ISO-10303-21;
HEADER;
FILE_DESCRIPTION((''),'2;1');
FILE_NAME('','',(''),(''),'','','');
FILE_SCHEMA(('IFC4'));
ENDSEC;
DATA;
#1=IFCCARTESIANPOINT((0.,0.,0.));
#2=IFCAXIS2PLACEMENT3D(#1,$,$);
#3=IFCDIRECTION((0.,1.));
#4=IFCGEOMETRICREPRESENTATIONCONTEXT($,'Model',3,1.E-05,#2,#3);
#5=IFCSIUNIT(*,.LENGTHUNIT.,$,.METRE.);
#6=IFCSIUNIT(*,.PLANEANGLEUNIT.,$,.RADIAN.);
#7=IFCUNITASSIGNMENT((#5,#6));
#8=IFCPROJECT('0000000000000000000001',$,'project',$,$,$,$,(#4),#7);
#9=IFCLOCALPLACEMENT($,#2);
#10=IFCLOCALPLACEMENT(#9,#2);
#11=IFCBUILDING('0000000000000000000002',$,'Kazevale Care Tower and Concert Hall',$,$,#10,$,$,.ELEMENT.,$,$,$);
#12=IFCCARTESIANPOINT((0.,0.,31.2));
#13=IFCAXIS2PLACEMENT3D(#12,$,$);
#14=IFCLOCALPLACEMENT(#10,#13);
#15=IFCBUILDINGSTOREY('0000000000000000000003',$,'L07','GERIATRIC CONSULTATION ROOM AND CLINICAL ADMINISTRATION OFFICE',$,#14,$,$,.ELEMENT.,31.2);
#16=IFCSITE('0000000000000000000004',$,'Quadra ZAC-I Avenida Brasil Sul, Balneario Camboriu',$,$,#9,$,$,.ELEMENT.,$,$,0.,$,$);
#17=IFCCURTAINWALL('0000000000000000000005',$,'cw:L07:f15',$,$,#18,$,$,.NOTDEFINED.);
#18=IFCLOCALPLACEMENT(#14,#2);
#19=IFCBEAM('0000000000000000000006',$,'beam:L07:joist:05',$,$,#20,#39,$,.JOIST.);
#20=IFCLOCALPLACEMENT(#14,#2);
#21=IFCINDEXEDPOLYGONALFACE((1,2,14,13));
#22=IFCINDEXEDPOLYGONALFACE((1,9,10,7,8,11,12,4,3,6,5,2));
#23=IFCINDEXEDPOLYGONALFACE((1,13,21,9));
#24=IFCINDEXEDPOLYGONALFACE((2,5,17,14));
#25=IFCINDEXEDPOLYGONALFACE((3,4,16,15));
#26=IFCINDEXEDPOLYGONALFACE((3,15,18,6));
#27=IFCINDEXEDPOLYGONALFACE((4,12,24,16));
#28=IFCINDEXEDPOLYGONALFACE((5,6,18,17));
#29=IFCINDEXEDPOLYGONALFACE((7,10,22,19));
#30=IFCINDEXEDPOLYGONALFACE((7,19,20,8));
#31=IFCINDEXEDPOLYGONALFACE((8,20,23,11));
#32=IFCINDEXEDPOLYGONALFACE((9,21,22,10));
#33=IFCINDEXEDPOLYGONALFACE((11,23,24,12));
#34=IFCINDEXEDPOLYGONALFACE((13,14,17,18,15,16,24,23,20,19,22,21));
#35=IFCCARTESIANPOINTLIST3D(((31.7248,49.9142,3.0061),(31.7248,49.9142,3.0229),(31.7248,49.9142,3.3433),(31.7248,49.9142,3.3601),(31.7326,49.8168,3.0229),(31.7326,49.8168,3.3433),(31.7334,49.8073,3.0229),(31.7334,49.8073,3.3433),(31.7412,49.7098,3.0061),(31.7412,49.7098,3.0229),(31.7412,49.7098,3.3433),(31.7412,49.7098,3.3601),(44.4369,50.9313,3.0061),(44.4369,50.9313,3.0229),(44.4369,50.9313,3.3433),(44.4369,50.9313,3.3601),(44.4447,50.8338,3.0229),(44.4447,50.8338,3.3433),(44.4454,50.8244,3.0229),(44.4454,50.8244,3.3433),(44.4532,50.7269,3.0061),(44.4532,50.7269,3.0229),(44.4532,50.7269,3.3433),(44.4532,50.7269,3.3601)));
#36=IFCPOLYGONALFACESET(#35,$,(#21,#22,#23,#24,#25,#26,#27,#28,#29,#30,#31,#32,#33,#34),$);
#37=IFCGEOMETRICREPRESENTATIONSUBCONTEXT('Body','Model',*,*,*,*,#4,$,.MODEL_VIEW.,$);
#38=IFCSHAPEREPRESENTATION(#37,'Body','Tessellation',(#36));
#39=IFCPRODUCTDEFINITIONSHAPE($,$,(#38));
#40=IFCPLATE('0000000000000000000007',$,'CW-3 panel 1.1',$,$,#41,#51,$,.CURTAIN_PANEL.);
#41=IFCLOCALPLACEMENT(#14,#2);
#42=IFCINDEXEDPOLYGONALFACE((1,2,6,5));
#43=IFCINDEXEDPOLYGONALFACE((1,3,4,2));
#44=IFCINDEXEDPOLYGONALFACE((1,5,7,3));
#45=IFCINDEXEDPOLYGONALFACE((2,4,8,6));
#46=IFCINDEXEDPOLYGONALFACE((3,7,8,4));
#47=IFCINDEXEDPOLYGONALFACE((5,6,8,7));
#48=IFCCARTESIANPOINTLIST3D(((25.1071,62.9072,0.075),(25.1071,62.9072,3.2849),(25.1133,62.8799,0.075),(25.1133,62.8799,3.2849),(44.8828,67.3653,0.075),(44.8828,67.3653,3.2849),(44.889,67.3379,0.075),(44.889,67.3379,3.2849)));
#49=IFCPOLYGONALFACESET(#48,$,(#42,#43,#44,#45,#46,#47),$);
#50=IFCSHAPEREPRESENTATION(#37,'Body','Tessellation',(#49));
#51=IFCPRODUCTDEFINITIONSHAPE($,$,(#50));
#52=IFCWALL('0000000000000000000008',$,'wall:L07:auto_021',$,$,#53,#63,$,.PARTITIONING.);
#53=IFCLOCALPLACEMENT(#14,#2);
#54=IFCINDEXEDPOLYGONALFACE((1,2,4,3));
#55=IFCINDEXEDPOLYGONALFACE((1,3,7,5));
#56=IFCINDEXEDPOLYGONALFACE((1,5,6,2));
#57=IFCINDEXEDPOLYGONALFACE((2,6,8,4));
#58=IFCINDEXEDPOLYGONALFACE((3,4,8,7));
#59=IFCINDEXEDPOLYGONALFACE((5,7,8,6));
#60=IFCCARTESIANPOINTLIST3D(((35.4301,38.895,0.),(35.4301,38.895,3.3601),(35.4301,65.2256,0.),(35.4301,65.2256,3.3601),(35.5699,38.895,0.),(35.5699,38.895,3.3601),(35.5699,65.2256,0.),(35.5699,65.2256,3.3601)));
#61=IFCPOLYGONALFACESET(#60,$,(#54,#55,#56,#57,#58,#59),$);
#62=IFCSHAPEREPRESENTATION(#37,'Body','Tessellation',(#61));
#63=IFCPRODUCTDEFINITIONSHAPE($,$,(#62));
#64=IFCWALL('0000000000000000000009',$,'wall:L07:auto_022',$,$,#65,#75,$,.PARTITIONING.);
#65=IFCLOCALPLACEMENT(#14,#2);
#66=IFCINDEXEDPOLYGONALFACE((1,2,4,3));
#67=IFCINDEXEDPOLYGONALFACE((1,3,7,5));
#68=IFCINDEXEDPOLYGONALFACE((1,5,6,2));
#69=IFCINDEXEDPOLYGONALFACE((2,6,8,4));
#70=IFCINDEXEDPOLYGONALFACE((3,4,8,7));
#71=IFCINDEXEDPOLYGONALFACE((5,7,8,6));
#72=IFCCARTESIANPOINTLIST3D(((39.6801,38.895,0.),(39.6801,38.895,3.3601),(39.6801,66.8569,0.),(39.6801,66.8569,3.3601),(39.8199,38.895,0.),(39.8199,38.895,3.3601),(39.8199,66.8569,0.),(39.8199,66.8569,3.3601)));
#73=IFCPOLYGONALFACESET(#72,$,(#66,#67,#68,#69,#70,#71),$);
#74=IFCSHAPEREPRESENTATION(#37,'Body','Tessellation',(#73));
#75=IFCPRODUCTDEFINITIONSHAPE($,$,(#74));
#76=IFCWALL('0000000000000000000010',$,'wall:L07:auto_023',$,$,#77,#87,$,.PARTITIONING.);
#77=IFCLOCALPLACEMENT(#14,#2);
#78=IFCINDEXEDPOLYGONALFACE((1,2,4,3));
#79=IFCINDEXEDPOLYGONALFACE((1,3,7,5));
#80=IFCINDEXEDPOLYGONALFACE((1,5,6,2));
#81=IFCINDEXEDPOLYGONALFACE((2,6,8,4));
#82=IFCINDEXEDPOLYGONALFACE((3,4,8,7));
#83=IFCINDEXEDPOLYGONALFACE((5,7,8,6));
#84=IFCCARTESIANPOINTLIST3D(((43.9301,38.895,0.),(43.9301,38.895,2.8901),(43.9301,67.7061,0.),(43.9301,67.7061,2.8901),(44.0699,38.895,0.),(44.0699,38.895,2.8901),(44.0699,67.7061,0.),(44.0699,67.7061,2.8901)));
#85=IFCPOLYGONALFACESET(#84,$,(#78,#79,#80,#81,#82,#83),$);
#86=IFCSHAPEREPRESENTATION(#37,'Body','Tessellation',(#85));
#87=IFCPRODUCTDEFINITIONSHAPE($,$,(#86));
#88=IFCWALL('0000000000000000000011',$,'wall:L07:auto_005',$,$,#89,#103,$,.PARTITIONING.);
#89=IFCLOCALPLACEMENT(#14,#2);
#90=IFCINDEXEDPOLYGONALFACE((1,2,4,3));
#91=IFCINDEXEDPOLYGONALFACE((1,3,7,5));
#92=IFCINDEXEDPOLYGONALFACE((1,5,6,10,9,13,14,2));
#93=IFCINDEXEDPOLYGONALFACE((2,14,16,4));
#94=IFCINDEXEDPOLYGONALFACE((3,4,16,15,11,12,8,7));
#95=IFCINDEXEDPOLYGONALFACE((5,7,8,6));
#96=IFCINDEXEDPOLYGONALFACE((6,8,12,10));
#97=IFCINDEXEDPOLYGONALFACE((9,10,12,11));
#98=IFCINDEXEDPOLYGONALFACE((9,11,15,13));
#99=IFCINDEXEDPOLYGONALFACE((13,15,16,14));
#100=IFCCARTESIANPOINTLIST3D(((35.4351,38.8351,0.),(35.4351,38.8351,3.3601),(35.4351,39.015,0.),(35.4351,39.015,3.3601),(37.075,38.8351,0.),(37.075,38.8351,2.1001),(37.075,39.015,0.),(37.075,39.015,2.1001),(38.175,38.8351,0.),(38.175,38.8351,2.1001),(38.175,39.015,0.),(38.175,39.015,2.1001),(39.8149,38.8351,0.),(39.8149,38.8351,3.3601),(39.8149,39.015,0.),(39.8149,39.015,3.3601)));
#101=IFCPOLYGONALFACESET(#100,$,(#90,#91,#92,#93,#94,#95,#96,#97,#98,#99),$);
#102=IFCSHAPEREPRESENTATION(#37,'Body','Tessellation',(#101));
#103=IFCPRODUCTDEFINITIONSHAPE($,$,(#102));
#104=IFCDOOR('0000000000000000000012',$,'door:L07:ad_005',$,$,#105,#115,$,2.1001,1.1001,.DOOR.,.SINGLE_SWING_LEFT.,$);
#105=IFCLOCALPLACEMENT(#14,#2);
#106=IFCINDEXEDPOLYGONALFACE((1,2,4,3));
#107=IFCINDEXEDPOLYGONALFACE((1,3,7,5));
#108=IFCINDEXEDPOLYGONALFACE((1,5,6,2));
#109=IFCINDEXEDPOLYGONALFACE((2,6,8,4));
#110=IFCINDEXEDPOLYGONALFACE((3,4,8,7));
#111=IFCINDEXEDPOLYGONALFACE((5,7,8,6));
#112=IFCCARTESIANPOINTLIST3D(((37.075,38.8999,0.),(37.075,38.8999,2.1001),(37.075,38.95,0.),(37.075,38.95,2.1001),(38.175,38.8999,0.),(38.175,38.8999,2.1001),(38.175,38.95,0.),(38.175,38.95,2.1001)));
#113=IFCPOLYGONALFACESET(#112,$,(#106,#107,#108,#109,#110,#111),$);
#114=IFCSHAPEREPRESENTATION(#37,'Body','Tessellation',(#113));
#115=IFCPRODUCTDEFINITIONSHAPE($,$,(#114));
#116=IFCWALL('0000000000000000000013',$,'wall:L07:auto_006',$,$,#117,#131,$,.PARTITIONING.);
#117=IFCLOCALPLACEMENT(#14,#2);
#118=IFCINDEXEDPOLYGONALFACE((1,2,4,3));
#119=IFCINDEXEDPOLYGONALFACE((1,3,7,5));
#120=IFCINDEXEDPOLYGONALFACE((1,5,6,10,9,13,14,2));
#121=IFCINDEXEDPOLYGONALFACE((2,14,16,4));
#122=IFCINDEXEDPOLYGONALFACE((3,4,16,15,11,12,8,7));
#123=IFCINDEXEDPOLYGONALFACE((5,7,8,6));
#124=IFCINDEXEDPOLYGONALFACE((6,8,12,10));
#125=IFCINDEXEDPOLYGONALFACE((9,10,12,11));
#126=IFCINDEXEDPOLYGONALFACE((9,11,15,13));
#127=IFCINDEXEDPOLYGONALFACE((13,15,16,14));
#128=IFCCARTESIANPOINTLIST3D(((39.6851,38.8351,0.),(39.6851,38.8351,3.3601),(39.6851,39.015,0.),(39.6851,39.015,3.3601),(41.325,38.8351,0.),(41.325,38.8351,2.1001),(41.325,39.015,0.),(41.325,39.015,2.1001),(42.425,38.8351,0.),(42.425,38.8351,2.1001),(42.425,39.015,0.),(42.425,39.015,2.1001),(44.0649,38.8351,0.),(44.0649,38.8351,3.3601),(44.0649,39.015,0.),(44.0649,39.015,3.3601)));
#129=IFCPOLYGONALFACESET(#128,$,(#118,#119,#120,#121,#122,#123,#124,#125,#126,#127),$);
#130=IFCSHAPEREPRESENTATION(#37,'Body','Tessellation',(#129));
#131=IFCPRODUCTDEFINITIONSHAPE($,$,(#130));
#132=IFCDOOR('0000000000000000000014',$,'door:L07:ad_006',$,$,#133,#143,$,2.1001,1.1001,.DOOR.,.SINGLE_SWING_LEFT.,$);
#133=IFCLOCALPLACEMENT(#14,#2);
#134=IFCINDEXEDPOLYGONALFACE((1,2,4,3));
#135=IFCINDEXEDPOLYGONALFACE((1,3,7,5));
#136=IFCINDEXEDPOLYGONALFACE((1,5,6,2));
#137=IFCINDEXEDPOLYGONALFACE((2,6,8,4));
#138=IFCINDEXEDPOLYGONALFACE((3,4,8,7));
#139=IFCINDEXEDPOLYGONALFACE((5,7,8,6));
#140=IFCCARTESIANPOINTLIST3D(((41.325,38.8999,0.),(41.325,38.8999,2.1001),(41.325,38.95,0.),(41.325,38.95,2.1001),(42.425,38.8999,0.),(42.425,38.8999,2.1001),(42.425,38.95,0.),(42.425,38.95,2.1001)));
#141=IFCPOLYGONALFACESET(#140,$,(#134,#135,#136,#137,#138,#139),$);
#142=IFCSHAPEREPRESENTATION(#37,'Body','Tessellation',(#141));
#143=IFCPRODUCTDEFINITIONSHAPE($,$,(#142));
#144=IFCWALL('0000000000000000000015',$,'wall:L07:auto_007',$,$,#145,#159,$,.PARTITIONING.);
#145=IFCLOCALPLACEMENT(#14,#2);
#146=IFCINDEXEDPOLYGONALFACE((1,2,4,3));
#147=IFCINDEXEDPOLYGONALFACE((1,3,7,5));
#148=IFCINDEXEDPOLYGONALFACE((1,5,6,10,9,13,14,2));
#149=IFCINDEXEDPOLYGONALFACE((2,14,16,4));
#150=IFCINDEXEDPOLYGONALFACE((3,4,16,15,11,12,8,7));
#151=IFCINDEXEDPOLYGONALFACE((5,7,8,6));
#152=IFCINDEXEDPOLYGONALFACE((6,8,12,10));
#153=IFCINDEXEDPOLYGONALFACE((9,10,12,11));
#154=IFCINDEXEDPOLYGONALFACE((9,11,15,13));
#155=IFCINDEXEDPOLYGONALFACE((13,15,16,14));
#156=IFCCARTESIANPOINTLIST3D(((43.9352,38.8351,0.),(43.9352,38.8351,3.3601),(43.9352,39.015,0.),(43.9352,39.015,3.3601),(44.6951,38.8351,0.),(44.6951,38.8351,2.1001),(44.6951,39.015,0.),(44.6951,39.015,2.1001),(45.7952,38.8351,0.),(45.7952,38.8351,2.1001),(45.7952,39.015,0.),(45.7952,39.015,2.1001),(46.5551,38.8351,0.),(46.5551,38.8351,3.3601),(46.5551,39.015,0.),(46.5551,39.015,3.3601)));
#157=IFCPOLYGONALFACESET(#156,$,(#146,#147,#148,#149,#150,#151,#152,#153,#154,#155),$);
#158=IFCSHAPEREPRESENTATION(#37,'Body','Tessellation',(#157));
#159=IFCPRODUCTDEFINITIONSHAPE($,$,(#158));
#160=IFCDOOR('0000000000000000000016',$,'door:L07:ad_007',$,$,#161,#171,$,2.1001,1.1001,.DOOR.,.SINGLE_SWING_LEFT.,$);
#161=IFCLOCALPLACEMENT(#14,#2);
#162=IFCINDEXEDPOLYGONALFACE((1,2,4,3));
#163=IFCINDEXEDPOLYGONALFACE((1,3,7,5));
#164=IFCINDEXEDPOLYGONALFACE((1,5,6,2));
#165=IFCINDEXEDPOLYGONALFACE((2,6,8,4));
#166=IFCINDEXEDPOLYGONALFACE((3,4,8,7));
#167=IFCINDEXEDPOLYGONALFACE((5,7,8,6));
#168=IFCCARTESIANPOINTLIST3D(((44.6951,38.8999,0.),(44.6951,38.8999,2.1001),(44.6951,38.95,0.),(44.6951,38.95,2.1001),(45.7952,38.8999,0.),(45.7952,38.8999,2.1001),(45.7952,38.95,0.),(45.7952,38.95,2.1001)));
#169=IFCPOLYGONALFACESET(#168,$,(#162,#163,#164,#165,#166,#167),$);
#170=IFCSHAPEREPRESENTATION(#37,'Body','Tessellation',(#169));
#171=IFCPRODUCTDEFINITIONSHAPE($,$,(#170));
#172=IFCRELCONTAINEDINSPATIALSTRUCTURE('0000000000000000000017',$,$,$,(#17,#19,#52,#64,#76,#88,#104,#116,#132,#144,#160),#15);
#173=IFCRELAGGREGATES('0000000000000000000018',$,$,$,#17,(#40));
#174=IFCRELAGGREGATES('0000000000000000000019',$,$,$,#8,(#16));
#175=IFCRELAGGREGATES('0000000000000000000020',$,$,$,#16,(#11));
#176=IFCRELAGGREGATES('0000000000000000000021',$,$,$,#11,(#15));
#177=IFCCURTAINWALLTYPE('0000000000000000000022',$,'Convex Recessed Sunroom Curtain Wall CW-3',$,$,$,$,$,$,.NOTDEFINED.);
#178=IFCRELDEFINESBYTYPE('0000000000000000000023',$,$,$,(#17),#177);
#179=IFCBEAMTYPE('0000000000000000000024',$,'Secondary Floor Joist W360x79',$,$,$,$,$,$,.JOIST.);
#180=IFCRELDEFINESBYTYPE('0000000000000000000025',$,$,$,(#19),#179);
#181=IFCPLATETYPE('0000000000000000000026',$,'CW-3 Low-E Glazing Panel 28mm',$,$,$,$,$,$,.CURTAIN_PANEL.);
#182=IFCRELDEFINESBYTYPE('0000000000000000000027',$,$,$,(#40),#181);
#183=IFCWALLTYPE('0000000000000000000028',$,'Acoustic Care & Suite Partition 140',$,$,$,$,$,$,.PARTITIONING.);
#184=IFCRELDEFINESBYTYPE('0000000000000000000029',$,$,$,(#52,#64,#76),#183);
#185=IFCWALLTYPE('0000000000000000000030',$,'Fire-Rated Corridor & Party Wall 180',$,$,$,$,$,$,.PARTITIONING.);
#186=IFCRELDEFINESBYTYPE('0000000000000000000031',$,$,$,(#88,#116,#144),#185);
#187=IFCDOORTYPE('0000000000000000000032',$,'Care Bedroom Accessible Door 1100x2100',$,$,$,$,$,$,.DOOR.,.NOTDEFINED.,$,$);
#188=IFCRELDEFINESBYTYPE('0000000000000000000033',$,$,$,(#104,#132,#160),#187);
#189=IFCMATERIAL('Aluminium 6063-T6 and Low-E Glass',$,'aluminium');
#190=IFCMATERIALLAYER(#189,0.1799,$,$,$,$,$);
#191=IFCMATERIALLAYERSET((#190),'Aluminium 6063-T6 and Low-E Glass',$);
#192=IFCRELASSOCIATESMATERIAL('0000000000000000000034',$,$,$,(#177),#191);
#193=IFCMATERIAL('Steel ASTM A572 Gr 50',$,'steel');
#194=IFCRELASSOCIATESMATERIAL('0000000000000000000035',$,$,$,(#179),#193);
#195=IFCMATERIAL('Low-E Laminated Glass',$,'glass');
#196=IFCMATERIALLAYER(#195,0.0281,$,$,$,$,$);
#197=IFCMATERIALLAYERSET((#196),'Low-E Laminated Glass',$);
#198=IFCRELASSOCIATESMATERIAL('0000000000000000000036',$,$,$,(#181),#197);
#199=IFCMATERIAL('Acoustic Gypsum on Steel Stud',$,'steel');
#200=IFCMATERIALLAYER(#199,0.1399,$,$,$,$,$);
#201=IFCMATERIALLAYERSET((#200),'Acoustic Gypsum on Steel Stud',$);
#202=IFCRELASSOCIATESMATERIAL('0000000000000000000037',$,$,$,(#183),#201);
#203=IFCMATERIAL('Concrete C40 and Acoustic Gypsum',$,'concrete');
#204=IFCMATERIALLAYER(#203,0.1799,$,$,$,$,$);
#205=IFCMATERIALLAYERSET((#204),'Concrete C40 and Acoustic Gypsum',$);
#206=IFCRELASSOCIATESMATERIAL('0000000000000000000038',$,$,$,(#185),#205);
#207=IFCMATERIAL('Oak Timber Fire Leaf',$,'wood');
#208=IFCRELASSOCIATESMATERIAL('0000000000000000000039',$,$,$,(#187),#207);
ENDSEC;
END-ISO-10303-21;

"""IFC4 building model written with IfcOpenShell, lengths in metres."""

from ifc_helpers import new_model, si_unit, direction, frame, frame_2d, origin, origin_2d, place, context, subcontext, project, spatial, rectangle, i_section, extrude, material, layer, layer_set, material_profile, profile_set, type_object, element, fill, aggregate, save


model = new_model("IFC4")

# Units and contexts
model_context = context("Model", 3, precision=1e-05, world=origin(), true_north=direction((0.0, 1.0)))
body_context = subcontext(model_context, "Body", "Model", "MODEL_VIEW")
ifc_project = project(units=[si_unit("LENGTHUNIT", "METRE"), si_unit("PLANEANGLEUNIT", "RADIAN")], contexts=[model_context])

# Site, building, storey
site_placement = place(None, origin())
site = spatial("IfcSite", under=ifc_project, at=site_placement, Name="Quadra ZAC-I Avenida Brasil Sul, Balneario Camboriu", CompositionType="ELEMENT", RefElevation=0.0)
building_placement = place(site_placement, origin())
building = spatial("IfcBuilding", under=site, at=building_placement, Name="Kazevale Care Tower and Concert Hall", CompositionType="ELEMENT")
storey_placement = place(building_placement, frame((0.0, 0.0, 31.2)))
storey = spatial("IfcBuildingStorey", under=building, at=storey_placement, Name="L07", Description="GERIATRIC CONSULTATION ROOM AND CLINICAL ADMINISTRATION OFFICE", CompositionType="ELEMENT", Elevation=31.2)

# Shared definitions
ifc_material_1 = material(Name="Aluminium 6063-T6 and Low-E Glass", Category="aluminium")

# Curtain wall
ifc_layer_1 = layer(ifc_material_1, 0.1799)
ifc_layer_set_1 = layer_set([ifc_layer_1], Name="Aluminium 6063-T6 and Low-E Glass")
curtain_wall_type_1 = type_object("IfcCurtainWallType", Name="Convex Recessed Sunroom Curtain Wall CW-3", PredefinedType="NOTDEFINED", material=ifc_layer_set_1)
curtain_wall_1_placement = place(storey_placement, origin())
curtain_wall_1 = element("IfcCurtainWall", 1, at=curtain_wall_1_placement, inside=storey, type_object=curtain_wall_type_1, Name="cw:L07:f15", PredefinedType="NOTDEFINED")

# Beam
ifc_material_2 = material(Name="Steel ASTM A572 Gr 50", Category="steel")
ifc_material_profile_1 = material_profile(ifc_material_2, i_section(OverallWidth=0.2051, OverallDepth=0.354, WebThickness=0.0095, FlangeThickness=0.0168, at=origin_2d()), Name="W360x79")
ifc_profile_set_1 = profile_set([ifc_material_profile_1], Name="Steel ASTM A572 Gr 50")
beam_type_1 = type_object("IfcBeamType", Name="Secondary Floor Joist W360x79", PredefinedType="JOIST", material=ifc_profile_set_1)
beam_1_placement = place(storey_placement, frame((44.4451, 50.8291, 3.1831), z_axis=(-0.996815, -0.079754, 0.0), x_axis=(0.079754, -0.996815, 0.0)))
element("IfcBeam", 2, at=beam_1_placement, inside=storey, type_object=beam_type_1, Name="beam:L07:joist:05", PredefinedType="JOIST", context=body_context, shape_type="SweptSolid", body=[
    extrude(i_section(OverallWidth=0.2051, OverallDepth=0.354, WebThickness=0.0095, FlangeThickness=0.0168, at=origin_2d()), origin(), (0.0, 0.0, 1.0), 12.7527),
])

# Plate
ifc_material_3 = material(Name="Low-E Laminated Glass", Category="glass")
ifc_layer_2 = layer(ifc_material_3, 0.0281)
ifc_layer_set_2 = layer_set([ifc_layer_2], Name="Low-E Laminated Glass")
plate_type = type_object("IfcPlateType", Name="CW-3 Low-E Glazing Panel 28mm", PredefinedType="CURTAIN_PANEL", material=ifc_layer_set_2)
plate_placement = place(storey_placement, frame((34.998, 65.1226, 0.075), z_axis=(0.0, 0.0, 1.0), x_axis=(0.97552, 0.219911, 0.0)))
plate = element("IfcPlate", 3, at=plate_placement, type_object=plate_type, Name="CW-3 panel 1.1", PredefinedType="CURTAIN_PANEL", context=body_context, shape_type="SweptSolid", body=[
    extrude(rectangle(XDim=20.272, YDim=0.0281, at=origin_2d()), origin(), (0.0, 0.0, 1.0), 3.21),
])
aggregate(curtain_wall_1, [plate])

# Walls
ifc_material_4 = material(Name="Acoustic Gypsum on Steel Stud", Category="steel")
ifc_layer_3 = layer(ifc_material_4, 0.1399)
ifc_layer_set_3 = layer_set([ifc_layer_3], Name="Acoustic Gypsum on Steel Stud")
wall_type_1 = type_object("IfcWallType", Name="Acoustic Care & Suite Partition 140", PredefinedType="PARTITIONING", material=ifc_layer_set_3)
wall_1_placement = place(storey_placement, frame((35.5, 65.2256, 0.0), z_axis=(0.0, 0.0, 1.0), x_axis=(0.0, -1.0, 0.0)))
element("IfcWall", 4, at=wall_1_placement, inside=storey, type_object=wall_type_1, Name="wall:L07:auto_021", PredefinedType="PARTITIONING", context=body_context, shape_type="SweptSolid", body=[
    extrude(rectangle(XDim=26.3306, YDim=0.1399, at=frame_2d((13.1653, 0.0))), origin(), (0.0, 0.0, 1.0), 3.3601),
])
wall_2_placement = place(storey_placement, frame((39.75, 66.8569, 0.0), z_axis=(0.0, 0.0, 1.0), x_axis=(0.0, -1.0, 0.0)))
element("IfcWall", 5, at=wall_2_placement, inside=storey, type_object=wall_type_1, Name="wall:L07:auto_022", PredefinedType="PARTITIONING", context=body_context, shape_type="SweptSolid", body=[
    extrude(rectangle(XDim=27.9619, YDim=0.1399, at=frame_2d((13.981, 0.0))), origin(), (0.0, 0.0, 1.0), 3.3601),
])
wall_3_placement = place(storey_placement, frame((44.0, 67.7061, 0.0), z_axis=(0.0, 0.0, 1.0), x_axis=(0.0, -1.0, 0.0)))
element("IfcWall", 6, at=wall_3_placement, inside=storey, type_object=wall_type_1, Name="wall:L07:auto_023", PredefinedType="PARTITIONING", context=body_context, shape_type="SweptSolid", body=[
    extrude(rectangle(XDim=28.811, YDim=0.1399, at=frame_2d((14.4055, 0.0))), origin(), (0.0, 0.0, 1.0), 2.8901),
])

# Walls, openings, doors
ifc_material_5 = material(Name="Concrete C40 and Acoustic Gypsum", Category="concrete")
ifc_layer_4 = layer(ifc_material_5, 0.1799)
ifc_layer_set_4 = layer_set([ifc_layer_4], Name="Concrete C40 and Acoustic Gypsum")
wall_type_2 = type_object("IfcWallType", Name="Fire-Rated Corridor & Party Wall 180", PredefinedType="PARTITIONING", material=ifc_layer_set_4)
wall_4_placement = place(storey_placement, frame((35.4351, 38.925, 0.0), z_axis=(0.0, 0.0, 1.0), x_axis=(1.0, 0.0, 0.0)))
wall_4 = element("IfcWall", 7, at=wall_4_placement, inside=storey, type_object=wall_type_2, Name="wall:L07:auto_005", PredefinedType="PARTITIONING", context=body_context, shape_type="SweptSolid", body=[
    extrude(rectangle(XDim=4.3799, YDim=0.1799, at=frame_2d((2.1899, 0.0))), origin(), (0.0, 0.0, 1.0), 3.3601),
])
opening_1_placement = place(wall_4_placement, frame((1.6399, 0.0, 0.0)))
opening_1 = element("IfcOpeningElement", 8, at=opening_1_placement, cuts=wall_4, PredefinedType="OPENING", context=body_context, shape_type="SweptSolid", body=[
    extrude(rectangle(XDim=1.1001, YDim=2.1001, at=frame_2d((0.55, 1.05))), frame((0.0, 0.0999, 0.0), z_axis=(0.0, -1.0, 0.0), x_axis=(1.0, 0.0, 0.0)), (0.0, 0.0, 1.0), 0.2),
])
ifc_material_6 = material(Name="Oak Timber Fire Leaf", Category="wood")
door_type = type_object("IfcDoorType", Name="Care Bedroom Accessible Door 1100x2100", OperationType="NOTDEFINED", PredefinedType="DOOR", material=ifc_material_6)
door_1_placement = place(opening_1_placement, origin())
door_1 = element("IfcDoor", 9, at=door_1_placement, inside=storey, type_object=door_type, Name="door:L07:ad_005", OperationType="SINGLE_SWING_LEFT", OverallHeight=2.1001, OverallWidth=1.1001, PredefinedType="DOOR", context=body_context, shape_type="SweptSolid", body=[
    extrude(rectangle(XDim=1.1001, YDim=2.1001, at=frame_2d((0.55, 1.05))), frame((0.0, 0.0249, 0.0), z_axis=(0.0, -1.0, 0.0), x_axis=(1.0, 0.0, 0.0)), (0.0, 0.0, 1.0), 0.05),
])
fill(opening_1, door_1)
wall_5_placement = place(storey_placement, frame((39.6851, 38.925, 0.0), z_axis=(0.0, 0.0, 1.0), x_axis=(1.0, 0.0, 0.0)))
wall_5 = element("IfcWall", 10, at=wall_5_placement, inside=storey, type_object=wall_type_2, Name="wall:L07:auto_006", PredefinedType="PARTITIONING", context=body_context, shape_type="SweptSolid", body=[
    extrude(rectangle(XDim=4.3799, YDim=0.1799, at=frame_2d((2.1899, 0.0))), origin(), (0.0, 0.0, 1.0), 3.3601),
])
opening_2_placement = place(wall_5_placement, frame((1.6399, 0.0, 0.0)))
opening_2 = element("IfcOpeningElement", 11, at=opening_2_placement, cuts=wall_5, PredefinedType="OPENING", context=body_context, shape_type="SweptSolid", body=[
    extrude(rectangle(XDim=1.1001, YDim=2.1001, at=frame_2d((0.55, 1.05))), frame((0.0, 0.0999, 0.0), z_axis=(0.0, -1.0, 0.0), x_axis=(1.0, 0.0, 0.0)), (0.0, 0.0, 1.0), 0.2),
])
door_2_placement = place(opening_2_placement, origin())
door_2 = element("IfcDoor", 12, at=door_2_placement, inside=storey, type_object=door_type, Name="door:L07:ad_006", OperationType="SINGLE_SWING_LEFT", OverallHeight=2.1001, OverallWidth=1.1001, PredefinedType="DOOR", context=body_context, shape_type="SweptSolid", body=[
    extrude(rectangle(XDim=1.1001, YDim=2.1001, at=frame_2d((0.55, 1.05))), frame((0.0, 0.0249, 0.0), z_axis=(0.0, -1.0, 0.0), x_axis=(1.0, 0.0, 0.0)), (0.0, 0.0, 1.0), 0.05),
])
fill(opening_2, door_2)
wall_6_placement = place(storey_placement, frame((43.9351, 38.925, 0.0), z_axis=(0.0, 0.0, 1.0), x_axis=(1.0, 0.0, 0.0)))
wall_6 = element("IfcWall", 13, at=wall_6_placement, inside=storey, type_object=wall_type_2, Name="wall:L07:auto_007", PredefinedType="PARTITIONING", context=body_context, shape_type="SweptSolid", body=[
    extrude(rectangle(XDim=2.6199, YDim=0.1799, at=frame_2d((1.3101, 0.0))), origin(), (0.0, 0.0, 1.0), 3.3601),
])
opening_3_placement = place(wall_6_placement, frame((0.76, 0.0, 0.0)))
opening_3 = element("IfcOpeningElement", 14, at=opening_3_placement, cuts=wall_6, PredefinedType="OPENING", context=body_context, shape_type="SweptSolid", body=[
    extrude(rectangle(XDim=1.1001, YDim=2.1001, at=frame_2d((0.55, 1.05))), frame((0.0, 0.0999, 0.0), z_axis=(0.0, -1.0, 0.0), x_axis=(1.0, 0.0, 0.0)), (0.0, 0.0, 1.0), 0.2),
])
door_3_placement = place(opening_3_placement, origin())
door_3 = element("IfcDoor", 15, at=door_3_placement, inside=storey, type_object=door_type, Name="door:L07:ad_007", OperationType="SINGLE_SWING_LEFT", OverallHeight=2.1001, OverallWidth=1.1001, PredefinedType="DOOR", context=body_context, shape_type="SweptSolid", body=[
    extrude(rectangle(XDim=1.1001, YDim=2.1001, at=frame_2d((0.55, 1.05))), frame((0.0, 0.0249, 0.0), z_axis=(0.0, -1.0, 0.0), x_axis=(1.0, 0.0, 0.0)), (0.0, 0.0, 1.0), 0.05),
])
fill(opening_3, door_3)

save(model, "model.ifc")
